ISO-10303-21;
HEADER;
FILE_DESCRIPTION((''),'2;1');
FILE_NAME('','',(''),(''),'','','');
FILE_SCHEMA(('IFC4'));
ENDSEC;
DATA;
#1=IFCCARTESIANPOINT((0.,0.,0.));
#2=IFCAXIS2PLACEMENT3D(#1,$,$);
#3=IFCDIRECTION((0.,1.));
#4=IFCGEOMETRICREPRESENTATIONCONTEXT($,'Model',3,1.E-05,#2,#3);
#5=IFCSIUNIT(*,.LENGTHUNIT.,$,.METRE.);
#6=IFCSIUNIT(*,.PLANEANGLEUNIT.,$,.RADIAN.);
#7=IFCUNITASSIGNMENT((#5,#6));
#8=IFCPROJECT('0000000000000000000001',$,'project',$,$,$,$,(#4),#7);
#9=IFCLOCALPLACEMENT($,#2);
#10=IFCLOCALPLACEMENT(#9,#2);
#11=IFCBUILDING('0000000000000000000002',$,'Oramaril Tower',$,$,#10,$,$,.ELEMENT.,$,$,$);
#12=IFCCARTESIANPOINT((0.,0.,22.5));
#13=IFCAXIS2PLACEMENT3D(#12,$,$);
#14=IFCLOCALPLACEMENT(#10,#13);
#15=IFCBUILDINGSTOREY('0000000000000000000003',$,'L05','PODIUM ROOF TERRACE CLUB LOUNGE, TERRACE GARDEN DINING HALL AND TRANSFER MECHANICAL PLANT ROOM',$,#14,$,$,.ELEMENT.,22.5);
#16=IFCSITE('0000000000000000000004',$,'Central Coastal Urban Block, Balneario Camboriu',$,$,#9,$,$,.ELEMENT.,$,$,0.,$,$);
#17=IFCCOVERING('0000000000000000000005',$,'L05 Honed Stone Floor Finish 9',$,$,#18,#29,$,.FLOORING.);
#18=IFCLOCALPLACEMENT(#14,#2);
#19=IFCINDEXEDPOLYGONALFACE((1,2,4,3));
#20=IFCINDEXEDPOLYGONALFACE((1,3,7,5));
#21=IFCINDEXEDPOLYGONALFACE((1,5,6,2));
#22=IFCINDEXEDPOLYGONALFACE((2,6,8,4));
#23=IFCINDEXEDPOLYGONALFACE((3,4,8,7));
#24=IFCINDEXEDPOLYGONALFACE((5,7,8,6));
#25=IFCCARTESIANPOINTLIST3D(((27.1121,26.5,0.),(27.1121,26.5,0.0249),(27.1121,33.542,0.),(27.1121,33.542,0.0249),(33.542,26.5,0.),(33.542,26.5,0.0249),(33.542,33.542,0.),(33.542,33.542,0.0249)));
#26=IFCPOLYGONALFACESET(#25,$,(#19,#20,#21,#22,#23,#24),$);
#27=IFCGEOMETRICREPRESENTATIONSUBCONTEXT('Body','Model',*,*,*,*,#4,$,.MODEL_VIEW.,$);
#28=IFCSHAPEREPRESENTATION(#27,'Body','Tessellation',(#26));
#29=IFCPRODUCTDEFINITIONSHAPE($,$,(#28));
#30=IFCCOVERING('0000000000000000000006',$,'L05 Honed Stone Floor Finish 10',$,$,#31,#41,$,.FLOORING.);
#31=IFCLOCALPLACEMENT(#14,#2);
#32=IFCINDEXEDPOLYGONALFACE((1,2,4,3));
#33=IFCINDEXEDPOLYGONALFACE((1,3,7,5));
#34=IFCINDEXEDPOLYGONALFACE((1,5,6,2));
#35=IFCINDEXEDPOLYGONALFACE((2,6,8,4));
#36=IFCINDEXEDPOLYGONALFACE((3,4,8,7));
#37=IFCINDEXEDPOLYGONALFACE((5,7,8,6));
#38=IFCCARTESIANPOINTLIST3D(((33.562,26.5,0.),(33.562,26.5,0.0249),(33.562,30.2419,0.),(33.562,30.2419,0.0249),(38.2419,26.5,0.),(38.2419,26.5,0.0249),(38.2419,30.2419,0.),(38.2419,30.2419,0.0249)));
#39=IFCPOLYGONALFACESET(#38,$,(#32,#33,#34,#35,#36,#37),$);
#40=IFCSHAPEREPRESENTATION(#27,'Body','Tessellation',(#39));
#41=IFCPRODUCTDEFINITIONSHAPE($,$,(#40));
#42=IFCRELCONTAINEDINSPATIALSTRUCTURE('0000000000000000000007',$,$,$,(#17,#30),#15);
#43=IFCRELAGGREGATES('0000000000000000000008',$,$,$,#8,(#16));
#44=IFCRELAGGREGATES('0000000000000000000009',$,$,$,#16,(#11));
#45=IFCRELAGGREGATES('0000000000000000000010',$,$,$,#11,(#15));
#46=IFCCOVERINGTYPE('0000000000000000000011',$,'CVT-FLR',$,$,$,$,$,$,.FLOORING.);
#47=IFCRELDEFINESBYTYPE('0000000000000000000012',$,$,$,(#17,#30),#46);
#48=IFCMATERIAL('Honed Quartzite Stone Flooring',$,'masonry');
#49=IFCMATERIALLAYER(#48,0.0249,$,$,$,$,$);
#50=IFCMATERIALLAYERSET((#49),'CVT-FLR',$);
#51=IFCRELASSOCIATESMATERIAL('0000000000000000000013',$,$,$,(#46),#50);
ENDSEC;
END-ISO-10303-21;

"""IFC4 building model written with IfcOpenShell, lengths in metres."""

from ifc_helpers import new_model, si_unit, direction, frame, origin, place, context, subcontext, project, spatial, polyline, outline, extrude, material, layer, layer_set, type_object, element, save


model = new_model("IFC4")

# Units and contexts
model_context = context("Model", 3, precision=1e-05, world=origin(), true_north=direction((0.0, 1.0)))
body_context = subcontext(model_context, "Body", "Model", "MODEL_VIEW")
ifc_project = project(units=[si_unit("LENGTHUNIT", "METRE"), si_unit("PLANEANGLEUNIT", "RADIAN")], contexts=[model_context])

# Site, building, storey
site_placement = place(None, origin())
site = spatial("IfcSite", under=ifc_project, at=site_placement, Name="Central Coastal Urban Block, Balneario Camboriu", CompositionType="ELEMENT", RefElevation=0.0)
building_placement = place(site_placement, origin())
building = spatial("IfcBuilding", under=site, at=building_placement, Name="Oramaril Tower", CompositionType="ELEMENT")
storey_placement = place(building_placement, frame((0.0, 0.0, 22.5)))
storey = spatial("IfcBuildingStorey", under=building, at=storey_placement, Name="L05", Description="PODIUM ROOF TERRACE CLUB LOUNGE, TERRACE GARDEN DINING HALL AND TRANSFER MECHANICAL PLANT ROOM", CompositionType="ELEMENT", Elevation=22.5)

# Coverings
ifc_material_1 = material(Name="Honed Quartzite Stone Flooring", Category="masonry")
ifc_layer_1 = layer(ifc_material_1, 0.0249)
ifc_layer_set_1 = layer_set([ifc_layer_1], Name="CVT-FLR")
covering_type_1 = type_object("IfcCoveringType", Name="CVT-FLR", PredefinedType="FLOORING", material=ifc_layer_set_1)
covering_1_placement = place(storey_placement, origin())
element("IfcCovering", 1, at=covering_1_placement, inside=storey, type_object=covering_type_1, Name="L05 Honed Stone Floor Finish 9", PredefinedType="FLOORING", context=body_context, shape_type="SweptSolid", body=[
    extrude(outline(polyline([(33.542, 33.542), (33.542, 26.5), (27.1121, 26.5), (27.1121, 33.542), (33.542, 33.542)])), origin(), (0.0, 0.0, 1.0), 0.0249),
])
covering_2_placement = place(storey_placement, origin())
element("IfcCovering", 2, at=covering_2_placement, inside=storey, type_object=covering_type_1, Name="L05 Honed Stone Floor Finish 10", PredefinedType="FLOORING", context=body_context, shape_type="SweptSolid", body=[
    extrude(outline(polyline([(38.2419, 30.2419), (38.2419, 26.5), (33.562, 26.5), (33.562, 30.2419), (38.2419, 30.2419)])), origin(), (0.0, 0.0, 1.0), 0.0249),
])

save(model, "model.ifc")
